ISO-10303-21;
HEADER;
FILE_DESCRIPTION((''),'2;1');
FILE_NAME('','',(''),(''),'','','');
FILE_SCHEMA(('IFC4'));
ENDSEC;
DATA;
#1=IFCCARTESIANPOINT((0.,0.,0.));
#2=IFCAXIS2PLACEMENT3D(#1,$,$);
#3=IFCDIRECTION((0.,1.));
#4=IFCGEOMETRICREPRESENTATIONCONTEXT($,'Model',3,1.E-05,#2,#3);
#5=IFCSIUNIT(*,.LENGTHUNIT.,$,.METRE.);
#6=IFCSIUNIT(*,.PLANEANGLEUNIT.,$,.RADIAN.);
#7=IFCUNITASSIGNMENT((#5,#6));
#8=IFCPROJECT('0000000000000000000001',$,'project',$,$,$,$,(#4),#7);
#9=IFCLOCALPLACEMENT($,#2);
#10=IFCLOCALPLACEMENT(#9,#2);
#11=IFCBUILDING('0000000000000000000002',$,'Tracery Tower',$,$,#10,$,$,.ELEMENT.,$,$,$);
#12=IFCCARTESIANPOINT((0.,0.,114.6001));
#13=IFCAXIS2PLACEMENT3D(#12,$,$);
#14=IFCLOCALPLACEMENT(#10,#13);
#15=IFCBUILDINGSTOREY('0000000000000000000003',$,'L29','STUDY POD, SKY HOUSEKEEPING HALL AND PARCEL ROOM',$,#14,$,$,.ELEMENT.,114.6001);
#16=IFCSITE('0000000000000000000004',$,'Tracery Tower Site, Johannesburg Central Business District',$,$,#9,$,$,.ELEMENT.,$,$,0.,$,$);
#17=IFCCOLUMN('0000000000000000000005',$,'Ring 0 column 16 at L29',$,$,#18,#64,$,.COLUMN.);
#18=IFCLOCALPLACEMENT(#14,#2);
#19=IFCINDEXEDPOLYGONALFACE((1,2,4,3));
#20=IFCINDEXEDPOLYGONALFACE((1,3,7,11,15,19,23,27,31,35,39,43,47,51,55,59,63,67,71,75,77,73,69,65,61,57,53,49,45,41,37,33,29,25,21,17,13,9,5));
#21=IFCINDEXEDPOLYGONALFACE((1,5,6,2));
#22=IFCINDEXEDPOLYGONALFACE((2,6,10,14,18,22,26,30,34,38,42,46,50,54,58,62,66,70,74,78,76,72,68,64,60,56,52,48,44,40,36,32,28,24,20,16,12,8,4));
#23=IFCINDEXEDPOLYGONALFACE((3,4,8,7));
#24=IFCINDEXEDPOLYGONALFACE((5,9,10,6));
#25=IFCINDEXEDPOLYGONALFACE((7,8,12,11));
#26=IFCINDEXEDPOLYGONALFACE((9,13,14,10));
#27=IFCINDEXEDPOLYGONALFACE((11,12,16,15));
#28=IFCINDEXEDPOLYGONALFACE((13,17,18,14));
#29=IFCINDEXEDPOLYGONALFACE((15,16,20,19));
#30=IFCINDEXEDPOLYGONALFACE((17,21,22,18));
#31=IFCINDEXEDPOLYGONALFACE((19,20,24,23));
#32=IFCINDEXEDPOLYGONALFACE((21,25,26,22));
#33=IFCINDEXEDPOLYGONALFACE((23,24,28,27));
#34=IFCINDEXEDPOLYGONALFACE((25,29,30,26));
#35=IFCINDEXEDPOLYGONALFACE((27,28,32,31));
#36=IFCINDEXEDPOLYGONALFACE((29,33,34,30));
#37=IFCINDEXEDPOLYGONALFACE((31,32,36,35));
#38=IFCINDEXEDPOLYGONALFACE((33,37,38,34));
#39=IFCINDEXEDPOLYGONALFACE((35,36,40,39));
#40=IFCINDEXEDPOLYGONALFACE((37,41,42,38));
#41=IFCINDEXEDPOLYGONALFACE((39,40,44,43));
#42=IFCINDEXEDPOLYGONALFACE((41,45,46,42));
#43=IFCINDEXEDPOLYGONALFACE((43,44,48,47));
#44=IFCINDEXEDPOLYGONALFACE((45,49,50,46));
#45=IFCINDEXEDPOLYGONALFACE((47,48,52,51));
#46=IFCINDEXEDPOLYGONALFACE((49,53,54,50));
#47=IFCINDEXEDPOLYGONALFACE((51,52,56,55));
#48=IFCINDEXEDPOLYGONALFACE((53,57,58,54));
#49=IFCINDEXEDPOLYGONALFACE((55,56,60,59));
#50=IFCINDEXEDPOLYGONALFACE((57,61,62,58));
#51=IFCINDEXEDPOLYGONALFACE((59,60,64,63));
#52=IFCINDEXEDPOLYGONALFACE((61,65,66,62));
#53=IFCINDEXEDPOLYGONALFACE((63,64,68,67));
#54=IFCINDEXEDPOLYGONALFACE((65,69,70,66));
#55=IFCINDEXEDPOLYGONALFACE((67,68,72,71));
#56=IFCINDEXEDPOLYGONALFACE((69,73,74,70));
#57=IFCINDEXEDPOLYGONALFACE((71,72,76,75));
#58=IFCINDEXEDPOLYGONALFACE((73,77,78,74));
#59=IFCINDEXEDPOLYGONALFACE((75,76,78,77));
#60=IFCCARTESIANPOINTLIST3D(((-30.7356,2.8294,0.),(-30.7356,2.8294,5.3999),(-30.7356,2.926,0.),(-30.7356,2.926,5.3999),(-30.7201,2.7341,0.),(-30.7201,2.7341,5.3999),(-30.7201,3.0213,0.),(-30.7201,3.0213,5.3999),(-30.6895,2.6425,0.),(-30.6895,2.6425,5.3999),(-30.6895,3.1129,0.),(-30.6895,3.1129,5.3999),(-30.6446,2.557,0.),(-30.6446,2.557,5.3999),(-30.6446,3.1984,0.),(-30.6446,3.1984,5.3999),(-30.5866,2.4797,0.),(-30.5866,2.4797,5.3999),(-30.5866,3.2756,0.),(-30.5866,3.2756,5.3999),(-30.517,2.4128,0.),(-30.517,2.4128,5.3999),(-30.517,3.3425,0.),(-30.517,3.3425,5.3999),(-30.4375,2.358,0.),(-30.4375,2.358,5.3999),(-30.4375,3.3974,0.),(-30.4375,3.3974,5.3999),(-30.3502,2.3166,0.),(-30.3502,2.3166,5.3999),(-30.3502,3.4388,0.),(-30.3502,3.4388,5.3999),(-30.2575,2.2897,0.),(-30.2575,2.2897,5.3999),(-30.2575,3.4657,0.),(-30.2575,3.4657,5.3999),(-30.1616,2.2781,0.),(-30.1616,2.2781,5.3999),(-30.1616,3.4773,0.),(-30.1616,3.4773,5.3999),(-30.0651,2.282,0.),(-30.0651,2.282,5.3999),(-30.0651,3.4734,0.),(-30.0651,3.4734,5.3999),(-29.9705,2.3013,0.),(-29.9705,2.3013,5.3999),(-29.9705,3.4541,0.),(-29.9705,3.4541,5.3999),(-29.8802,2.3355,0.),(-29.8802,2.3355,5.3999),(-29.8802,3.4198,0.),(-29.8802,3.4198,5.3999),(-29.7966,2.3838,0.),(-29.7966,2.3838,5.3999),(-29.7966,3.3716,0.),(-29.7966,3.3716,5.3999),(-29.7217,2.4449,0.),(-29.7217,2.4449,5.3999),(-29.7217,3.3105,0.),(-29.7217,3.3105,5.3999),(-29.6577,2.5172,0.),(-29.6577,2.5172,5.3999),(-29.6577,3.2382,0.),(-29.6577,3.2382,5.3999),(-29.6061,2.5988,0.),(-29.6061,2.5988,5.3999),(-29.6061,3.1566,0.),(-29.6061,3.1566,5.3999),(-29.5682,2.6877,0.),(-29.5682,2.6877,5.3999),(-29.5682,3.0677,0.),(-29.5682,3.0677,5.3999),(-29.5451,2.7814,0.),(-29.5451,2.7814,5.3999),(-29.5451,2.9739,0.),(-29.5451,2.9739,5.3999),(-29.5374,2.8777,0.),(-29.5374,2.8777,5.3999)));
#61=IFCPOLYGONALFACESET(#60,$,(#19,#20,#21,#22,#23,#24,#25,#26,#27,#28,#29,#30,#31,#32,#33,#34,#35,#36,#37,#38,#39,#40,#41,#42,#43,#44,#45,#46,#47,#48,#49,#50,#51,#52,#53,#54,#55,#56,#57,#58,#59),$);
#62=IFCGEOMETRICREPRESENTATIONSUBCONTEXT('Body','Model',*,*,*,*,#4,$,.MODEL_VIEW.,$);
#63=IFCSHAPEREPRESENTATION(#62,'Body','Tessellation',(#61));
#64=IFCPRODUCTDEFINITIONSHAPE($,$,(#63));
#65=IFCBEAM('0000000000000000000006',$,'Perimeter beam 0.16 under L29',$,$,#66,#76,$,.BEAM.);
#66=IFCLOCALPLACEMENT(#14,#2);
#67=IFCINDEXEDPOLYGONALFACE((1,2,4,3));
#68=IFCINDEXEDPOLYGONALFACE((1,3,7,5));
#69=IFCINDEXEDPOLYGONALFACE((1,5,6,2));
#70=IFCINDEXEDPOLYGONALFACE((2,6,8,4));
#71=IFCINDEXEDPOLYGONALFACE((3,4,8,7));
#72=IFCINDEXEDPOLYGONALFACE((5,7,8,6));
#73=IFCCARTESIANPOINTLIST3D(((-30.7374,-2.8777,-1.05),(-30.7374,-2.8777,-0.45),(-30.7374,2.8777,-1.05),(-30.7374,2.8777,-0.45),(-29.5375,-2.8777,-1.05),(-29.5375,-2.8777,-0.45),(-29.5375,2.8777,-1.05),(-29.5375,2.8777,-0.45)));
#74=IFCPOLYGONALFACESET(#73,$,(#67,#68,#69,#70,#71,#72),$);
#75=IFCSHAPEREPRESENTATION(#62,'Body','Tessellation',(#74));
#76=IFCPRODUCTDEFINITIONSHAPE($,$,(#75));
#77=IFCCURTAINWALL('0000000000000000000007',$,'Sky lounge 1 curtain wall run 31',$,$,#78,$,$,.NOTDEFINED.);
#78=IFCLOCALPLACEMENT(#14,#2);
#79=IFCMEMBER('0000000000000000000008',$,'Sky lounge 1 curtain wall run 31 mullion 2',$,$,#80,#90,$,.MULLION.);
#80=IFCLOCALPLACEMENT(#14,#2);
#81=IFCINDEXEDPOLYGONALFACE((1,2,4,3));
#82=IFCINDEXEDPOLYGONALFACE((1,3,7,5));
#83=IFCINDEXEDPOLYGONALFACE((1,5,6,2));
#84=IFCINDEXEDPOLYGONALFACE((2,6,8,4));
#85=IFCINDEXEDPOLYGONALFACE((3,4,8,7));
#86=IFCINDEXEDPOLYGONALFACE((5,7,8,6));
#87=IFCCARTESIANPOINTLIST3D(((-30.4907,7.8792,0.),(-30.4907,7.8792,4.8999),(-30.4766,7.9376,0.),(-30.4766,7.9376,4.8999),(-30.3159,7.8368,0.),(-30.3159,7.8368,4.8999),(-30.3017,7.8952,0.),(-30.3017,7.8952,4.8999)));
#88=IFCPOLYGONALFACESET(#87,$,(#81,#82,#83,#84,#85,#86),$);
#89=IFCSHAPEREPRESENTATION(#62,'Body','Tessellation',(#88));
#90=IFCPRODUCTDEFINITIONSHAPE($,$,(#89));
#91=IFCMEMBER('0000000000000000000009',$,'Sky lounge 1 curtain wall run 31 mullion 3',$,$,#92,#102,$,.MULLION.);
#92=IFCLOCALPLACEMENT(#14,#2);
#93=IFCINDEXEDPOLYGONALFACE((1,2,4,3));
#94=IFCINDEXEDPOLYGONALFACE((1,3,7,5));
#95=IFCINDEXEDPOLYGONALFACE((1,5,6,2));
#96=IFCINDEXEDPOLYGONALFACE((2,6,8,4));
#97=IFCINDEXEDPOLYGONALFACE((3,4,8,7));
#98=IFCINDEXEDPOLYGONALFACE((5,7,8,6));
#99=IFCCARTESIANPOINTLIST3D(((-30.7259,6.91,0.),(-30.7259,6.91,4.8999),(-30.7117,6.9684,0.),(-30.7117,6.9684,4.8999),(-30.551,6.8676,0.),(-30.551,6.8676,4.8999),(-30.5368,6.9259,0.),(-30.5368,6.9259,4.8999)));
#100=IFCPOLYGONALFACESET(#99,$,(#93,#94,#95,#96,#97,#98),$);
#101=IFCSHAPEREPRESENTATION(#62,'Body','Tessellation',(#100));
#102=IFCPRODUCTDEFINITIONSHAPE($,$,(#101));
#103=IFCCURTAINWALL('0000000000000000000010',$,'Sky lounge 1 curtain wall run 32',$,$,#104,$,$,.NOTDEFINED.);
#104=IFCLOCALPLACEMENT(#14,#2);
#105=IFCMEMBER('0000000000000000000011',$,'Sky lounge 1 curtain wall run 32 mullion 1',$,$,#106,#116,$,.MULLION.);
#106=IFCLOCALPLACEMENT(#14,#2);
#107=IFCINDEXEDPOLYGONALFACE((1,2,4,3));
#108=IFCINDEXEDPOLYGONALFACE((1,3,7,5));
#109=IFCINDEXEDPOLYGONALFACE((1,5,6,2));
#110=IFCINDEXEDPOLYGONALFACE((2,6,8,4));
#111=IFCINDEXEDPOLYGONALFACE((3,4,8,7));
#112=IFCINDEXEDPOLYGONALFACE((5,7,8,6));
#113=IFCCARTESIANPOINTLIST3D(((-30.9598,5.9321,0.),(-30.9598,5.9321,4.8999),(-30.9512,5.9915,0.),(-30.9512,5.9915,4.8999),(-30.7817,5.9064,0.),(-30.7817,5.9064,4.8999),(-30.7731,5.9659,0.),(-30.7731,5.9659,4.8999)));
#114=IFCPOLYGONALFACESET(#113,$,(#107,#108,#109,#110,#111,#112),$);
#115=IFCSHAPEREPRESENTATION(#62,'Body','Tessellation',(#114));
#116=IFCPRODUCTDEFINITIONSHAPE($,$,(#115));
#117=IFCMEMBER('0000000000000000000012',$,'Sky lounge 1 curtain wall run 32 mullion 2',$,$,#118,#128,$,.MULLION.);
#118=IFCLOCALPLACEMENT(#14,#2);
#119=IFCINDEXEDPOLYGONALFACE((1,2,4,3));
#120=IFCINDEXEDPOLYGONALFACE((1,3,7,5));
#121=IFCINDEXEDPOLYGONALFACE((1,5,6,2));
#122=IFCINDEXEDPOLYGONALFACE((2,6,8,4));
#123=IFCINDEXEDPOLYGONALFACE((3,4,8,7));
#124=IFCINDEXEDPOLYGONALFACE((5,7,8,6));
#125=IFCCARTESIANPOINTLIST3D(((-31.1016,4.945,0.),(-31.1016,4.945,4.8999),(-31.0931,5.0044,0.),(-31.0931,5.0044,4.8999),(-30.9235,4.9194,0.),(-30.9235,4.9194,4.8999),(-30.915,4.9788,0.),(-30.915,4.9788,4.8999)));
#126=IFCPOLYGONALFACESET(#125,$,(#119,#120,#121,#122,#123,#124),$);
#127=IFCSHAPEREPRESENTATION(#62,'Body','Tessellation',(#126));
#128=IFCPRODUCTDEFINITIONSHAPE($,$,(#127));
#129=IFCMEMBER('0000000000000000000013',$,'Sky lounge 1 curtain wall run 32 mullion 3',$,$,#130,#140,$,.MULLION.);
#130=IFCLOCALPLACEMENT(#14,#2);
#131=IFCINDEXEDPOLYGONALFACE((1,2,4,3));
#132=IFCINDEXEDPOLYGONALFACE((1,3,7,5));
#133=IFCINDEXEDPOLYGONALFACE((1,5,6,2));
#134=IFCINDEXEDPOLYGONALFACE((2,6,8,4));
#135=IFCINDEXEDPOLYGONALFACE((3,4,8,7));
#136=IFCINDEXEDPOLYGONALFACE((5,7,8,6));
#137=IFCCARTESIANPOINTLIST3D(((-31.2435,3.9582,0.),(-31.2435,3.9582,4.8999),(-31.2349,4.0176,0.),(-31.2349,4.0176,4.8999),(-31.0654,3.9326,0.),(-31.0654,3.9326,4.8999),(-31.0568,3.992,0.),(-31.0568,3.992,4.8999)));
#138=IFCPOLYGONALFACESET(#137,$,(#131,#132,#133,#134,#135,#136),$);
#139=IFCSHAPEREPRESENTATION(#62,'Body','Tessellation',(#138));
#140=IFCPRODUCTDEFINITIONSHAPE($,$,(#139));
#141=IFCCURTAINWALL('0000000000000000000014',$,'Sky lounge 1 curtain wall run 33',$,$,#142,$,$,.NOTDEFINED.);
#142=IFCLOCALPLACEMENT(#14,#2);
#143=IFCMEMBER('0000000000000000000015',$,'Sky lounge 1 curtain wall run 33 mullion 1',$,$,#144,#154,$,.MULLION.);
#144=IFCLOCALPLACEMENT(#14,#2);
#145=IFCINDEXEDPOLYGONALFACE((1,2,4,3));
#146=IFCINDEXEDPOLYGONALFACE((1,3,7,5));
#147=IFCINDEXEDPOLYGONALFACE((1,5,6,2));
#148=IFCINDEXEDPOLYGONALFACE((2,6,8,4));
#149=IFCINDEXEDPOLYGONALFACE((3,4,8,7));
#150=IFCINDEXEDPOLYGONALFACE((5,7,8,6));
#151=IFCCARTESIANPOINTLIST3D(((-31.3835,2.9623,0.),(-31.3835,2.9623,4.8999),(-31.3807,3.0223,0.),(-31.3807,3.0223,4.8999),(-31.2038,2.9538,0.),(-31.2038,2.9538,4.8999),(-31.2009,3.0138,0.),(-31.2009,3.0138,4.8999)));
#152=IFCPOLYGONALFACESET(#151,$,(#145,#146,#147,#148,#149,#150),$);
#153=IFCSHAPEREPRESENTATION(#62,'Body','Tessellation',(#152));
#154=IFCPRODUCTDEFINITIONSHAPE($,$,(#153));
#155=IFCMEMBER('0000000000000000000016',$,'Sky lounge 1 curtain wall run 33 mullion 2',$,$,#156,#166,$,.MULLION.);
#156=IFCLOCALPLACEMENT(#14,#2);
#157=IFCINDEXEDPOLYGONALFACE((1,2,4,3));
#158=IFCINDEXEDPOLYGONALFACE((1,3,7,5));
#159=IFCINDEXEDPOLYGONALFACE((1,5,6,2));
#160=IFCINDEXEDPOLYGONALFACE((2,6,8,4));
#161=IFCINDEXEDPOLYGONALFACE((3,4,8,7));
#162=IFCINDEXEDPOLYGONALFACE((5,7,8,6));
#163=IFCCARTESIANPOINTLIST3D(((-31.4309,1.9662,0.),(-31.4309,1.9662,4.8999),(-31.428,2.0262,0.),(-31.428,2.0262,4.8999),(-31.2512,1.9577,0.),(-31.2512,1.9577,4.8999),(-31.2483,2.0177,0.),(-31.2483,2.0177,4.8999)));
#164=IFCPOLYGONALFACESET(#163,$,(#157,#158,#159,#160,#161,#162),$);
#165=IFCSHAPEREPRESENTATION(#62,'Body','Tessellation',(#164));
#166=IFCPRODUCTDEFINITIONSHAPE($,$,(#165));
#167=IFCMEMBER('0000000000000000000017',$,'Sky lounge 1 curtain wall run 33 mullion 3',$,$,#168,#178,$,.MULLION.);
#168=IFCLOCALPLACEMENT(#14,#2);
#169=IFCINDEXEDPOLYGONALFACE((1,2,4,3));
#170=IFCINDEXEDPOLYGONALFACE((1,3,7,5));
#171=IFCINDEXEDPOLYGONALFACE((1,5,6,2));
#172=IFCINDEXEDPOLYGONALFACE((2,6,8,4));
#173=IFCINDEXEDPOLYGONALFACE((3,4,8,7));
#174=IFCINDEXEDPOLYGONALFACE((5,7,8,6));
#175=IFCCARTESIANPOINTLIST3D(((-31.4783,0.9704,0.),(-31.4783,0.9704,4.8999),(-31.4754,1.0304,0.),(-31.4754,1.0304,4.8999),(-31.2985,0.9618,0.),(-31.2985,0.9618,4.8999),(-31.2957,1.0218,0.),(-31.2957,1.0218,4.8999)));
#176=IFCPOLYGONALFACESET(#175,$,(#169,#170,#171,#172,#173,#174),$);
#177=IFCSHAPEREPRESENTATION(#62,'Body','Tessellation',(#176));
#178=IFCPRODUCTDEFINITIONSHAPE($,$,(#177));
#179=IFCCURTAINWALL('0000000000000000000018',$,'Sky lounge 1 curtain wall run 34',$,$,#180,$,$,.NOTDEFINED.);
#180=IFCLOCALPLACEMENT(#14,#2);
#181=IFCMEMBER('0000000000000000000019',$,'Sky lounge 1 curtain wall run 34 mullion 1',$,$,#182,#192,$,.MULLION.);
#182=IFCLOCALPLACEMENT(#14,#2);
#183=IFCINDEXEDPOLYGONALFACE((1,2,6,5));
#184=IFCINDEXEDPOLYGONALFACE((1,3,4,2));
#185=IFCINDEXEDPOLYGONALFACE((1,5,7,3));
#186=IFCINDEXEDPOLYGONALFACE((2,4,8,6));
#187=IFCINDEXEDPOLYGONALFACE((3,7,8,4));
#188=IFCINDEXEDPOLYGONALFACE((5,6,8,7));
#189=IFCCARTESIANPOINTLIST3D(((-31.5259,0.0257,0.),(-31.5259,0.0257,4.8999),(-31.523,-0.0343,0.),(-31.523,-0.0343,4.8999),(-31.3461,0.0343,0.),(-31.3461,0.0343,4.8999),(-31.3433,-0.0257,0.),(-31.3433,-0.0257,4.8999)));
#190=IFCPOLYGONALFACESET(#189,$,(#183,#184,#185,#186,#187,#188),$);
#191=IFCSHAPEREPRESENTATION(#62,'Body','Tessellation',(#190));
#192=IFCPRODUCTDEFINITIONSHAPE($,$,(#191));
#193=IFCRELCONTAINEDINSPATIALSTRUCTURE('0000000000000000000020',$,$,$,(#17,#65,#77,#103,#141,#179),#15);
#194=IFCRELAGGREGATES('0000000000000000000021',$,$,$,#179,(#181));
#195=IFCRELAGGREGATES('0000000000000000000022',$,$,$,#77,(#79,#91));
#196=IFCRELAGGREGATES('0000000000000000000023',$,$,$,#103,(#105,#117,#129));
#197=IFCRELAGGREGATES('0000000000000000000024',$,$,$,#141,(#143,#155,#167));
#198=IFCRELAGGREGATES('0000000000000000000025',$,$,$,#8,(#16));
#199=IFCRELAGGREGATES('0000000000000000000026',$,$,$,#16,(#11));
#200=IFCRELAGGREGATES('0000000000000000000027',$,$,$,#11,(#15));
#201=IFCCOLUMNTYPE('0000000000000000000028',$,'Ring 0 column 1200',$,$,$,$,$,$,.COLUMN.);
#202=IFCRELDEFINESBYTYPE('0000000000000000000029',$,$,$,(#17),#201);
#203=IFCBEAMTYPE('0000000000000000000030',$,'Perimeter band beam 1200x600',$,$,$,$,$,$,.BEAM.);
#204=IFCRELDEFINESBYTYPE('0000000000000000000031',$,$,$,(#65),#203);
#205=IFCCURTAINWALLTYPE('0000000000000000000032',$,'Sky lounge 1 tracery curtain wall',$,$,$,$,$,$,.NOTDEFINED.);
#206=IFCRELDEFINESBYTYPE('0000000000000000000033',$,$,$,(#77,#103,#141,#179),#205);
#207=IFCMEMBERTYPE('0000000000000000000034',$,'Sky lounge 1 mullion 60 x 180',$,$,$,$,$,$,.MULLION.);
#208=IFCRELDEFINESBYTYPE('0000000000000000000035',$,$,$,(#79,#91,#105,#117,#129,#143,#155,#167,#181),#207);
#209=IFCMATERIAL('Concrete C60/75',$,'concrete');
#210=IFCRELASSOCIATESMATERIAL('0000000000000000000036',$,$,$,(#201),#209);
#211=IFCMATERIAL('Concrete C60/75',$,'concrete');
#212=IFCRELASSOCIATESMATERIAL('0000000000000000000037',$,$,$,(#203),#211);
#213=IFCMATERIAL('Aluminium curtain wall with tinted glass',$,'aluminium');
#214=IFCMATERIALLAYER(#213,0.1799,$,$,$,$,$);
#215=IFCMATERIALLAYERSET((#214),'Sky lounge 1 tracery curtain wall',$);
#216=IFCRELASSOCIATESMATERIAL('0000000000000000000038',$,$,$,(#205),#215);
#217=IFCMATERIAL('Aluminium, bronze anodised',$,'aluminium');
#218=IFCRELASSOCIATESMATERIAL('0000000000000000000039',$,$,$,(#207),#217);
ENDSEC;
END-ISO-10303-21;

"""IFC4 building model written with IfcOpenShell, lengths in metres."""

from ifc_helpers import new_model, si_unit, direction, frame, origin, origin_2d, place, context, subcontext, project, spatial, rectangle, circle, extrude, material, layer, layer_set, material_profile, profile_set, type_object, element, aggregate, save


model = new_model("IFC4")

# Units and contexts
model_context = context("Model", 3, precision=1e-05, world=origin(), true_north=direction((0.0, 1.0)))
body_context = subcontext(model_context, "Body", "Model", "MODEL_VIEW")
ifc_project = project(units=[si_unit("LENGTHUNIT", "METRE"), si_unit("PLANEANGLEUNIT", "RADIAN")], contexts=[model_context])

# Site, building, storey
site_placement = place(None, origin())
site = spatial("IfcSite", under=ifc_project, at=site_placement, Name="Tracery Tower Site, Johannesburg Central Business District", CompositionType="ELEMENT", RefElevation=0.0)
building_placement = place(site_placement, origin())
building = spatial("IfcBuilding", under=site, at=building_placement, Name="Tracery Tower", CompositionType="ELEMENT")
storey_placement = place(building_placement, frame((0.0, 0.0, 114.6001)))
storey = spatial("IfcBuildingStorey", under=building, at=storey_placement, Name="L29", Description="STUDY POD, SKY HOUSEKEEPING HALL AND PARCEL ROOM", CompositionType="ELEMENT", Elevation=114.6001)

# Column
ifc_material_1 = material(Name="Concrete C60/75", Category="concrete")
ifc_material_profile_1 = material_profile(ifc_material_1, circle(Radius=0.6001, at=origin_2d()), Name="RC D1200")
ifc_profile_set_1 = profile_set([ifc_material_profile_1], Name="Concrete C60/75")
column_type = type_object("IfcColumnType", Name="Ring 0 column 1200", PredefinedType="COLUMN", material=ifc_profile_set_1)
column_placement = place(storey_placement, frame((-30.1375, 2.8777, 0.0), z_axis=(0.0, 0.0, 1.0), x_axis=(1.0, 0.0, 0.0)))
element("IfcColumn", 1, at=column_placement, inside=storey, type_object=column_type, Name="Ring 0 column 16 at L29", PredefinedType="COLUMN", context=body_context, shape_type="SweptSolid", body=[
    extrude(circle(Radius=0.6001, at=origin_2d()), origin(), (0.0, 0.0, 1.0), 5.3999),
])

# Beam
ifc_material_2 = material(Name="Concrete C60/75", Category="concrete")
ifc_material_profile_2 = material_profile(ifc_material_2, rectangle(XDim=1.2, YDim=0.6001, at=origin_2d()), Name="RC 1200x600")
ifc_profile_set_2 = profile_set([ifc_material_profile_2], Name="Concrete C60/75")
beam_type = type_object("IfcBeamType", Name="Perimeter band beam 1200x600", PredefinedType="BEAM", material=ifc_profile_set_2)
beam_placement = place(storey_placement, frame((-30.1375, 2.8777, -0.75), z_axis=(0.0, -1.0, 0.0), x_axis=(1.0, 0.0, 0.0)))
element("IfcBeam", 2, at=beam_placement, inside=storey, type_object=beam_type, Name="Perimeter beam 0.16 under L29", PredefinedType="BEAM", context=body_context, shape_type="SweptSolid", body=[
    extrude(rectangle(XDim=1.2, YDim=0.6001, at=origin_2d()), origin(), (0.0, 0.0, 1.0), 5.7554),
])

# Curtain walls, members
ifc_material_3 = material(Name="Aluminium curtain wall with tinted glass", Category="aluminium")
ifc_layer_1 = layer(ifc_material_3, 0.1799)
ifc_layer_set_1 = layer_set([ifc_layer_1], Name="Sky lounge 1 tracery curtain wall")
curtain_wall_type = type_object("IfcCurtainWallType", Name="Sky lounge 1 tracery curtain wall", PredefinedType="NOTDEFINED", material=ifc_layer_set_1)
curtain_wall_1_placement = place(storey_placement, origin())
curtain_wall_1 = element("IfcCurtainWall", 3, at=curtain_wall_1_placement, inside=storey, type_object=curtain_wall_type, Name="Sky lounge 1 curtain wall run 31", PredefinedType="NOTDEFINED")
ifc_material_4 = material(Name="Aluminium, bronze anodised", Category="aluminium")
ifc_material_profile_3 = material_profile(ifc_material_4, rectangle(XDim=0.1799, YDim=0.0601, at=origin_2d()), Name="AL 60x180")
ifc_profile_set_3 = profile_set([ifc_material_profile_3], Name="Aluminium, bronze anodised")
member_type_1 = type_object("IfcMemberType", Name="Sky lounge 1 mullion 60 x 180", PredefinedType="MULLION", material=ifc_profile_set_3)
member_1_placement = place(storey_placement, frame((-30.3962, 7.8872, 0.0), z_axis=(0.0, 0.0, 1.0), x_axis=(0.971812, -0.235759, 0.0)))
member_1 = element("IfcMember", 4, at=member_1_placement, type_object=member_type_1, Name="Sky lounge 1 curtain wall run 31 mullion 2", PredefinedType="MULLION", context=body_context, shape_type="SweptSolid", body=[
    extrude(rectangle(XDim=0.1799, YDim=0.0601, at=origin_2d()), origin(), (0.0, 0.0, 1.0), 4.8999),
])
member_2_placement = place(storey_placement, frame((-30.6313, 6.918, 0.0), z_axis=(0.0, 0.0, 1.0), x_axis=(0.971812, -0.235759, 0.0)))
member_2 = element("IfcMember", 5, at=member_2_placement, type_object=member_type_1, Name="Sky lounge 1 curtain wall run 31 mullion 3", PredefinedType="MULLION", context=body_context, shape_type="SweptSolid", body=[
    extrude(rectangle(XDim=0.1799, YDim=0.0601, at=origin_2d()), origin(), (0.0, 0.0, 1.0), 4.8999),
])
curtain_wall_2_placement = place(storey_placement, origin())
curtain_wall_2 = element("IfcCurtainWall", 6, at=curtain_wall_2_placement, inside=storey, type_object=curtain_wall_type, Name="Sky lounge 1 curtain wall run 32", PredefinedType="NOTDEFINED")
member_3_placement = place(storey_placement, frame((-30.8665, 5.949, 0.0), z_axis=(0.0, 0.0, 1.0), x_axis=(0.989821, -0.142315, 0.0)))
member_3 = element("IfcMember", 7, at=member_3_placement, type_object=member_type_1, Name="Sky lounge 1 curtain wall run 32 mullion 1", PredefinedType="MULLION", context=body_context, shape_type="SweptSolid", body=[
    extrude(rectangle(XDim=0.1799, YDim=0.0601, at=origin_2d()), origin(), (0.0, 0.0, 1.0), 4.8999),
])
member_4_placement = place(storey_placement, frame((-31.0083, 4.9619, 0.0), z_axis=(0.0, 0.0, 1.0), x_axis=(0.989821, -0.142315, 0.0)))
member_4 = element("IfcMember", 8, at=member_4_placement, type_object=member_type_1, Name="Sky lounge 1 curtain wall run 32 mullion 2", PredefinedType="MULLION", context=body_context, shape_type="SweptSolid", body=[
    extrude(rectangle(XDim=0.1799, YDim=0.0601, at=origin_2d()), origin(), (0.0, 0.0, 1.0), 4.8999),
])
member_5_placement = place(storey_placement, frame((-31.1501, 3.9751, 0.0), z_axis=(0.0, 0.0, 1.0), x_axis=(0.989821, -0.142315, 0.0)))
member_5 = element("IfcMember", 9, at=member_5_placement, type_object=member_type_1, Name="Sky lounge 1 curtain wall run 32 mullion 3", PredefinedType="MULLION", context=body_context, shape_type="SweptSolid", body=[
    extrude(rectangle(XDim=0.1799, YDim=0.0601, at=origin_2d()), origin(), (0.0, 0.0, 1.0), 4.8999),
])
curtain_wall_3_placement = place(storey_placement, origin())
curtain_wall_3 = element("IfcCurtainWall", 10, at=curtain_wall_3_placement, inside=storey, type_object=curtain_wall_type, Name="Sky lounge 1 curtain wall run 33", PredefinedType="NOTDEFINED")
member_6_placement = place(storey_placement, frame((-31.2922, 2.988, 0.0), z_axis=(0.0, 0.0, 1.0), x_axis=(0.998867, -0.047582, 0.0)))
member_6 = element("IfcMember", 11, at=member_6_placement, type_object=member_type_1, Name="Sky lounge 1 curtain wall run 33 mullion 1", PredefinedType="MULLION", context=body_context, shape_type="SweptSolid", body=[
    extrude(rectangle(XDim=0.1799, YDim=0.0601, at=origin_2d()), origin(), (0.0, 0.0, 1.0), 4.8999),
])
member_7_placement = place(storey_placement, frame((-31.3396, 1.9919, 0.0), z_axis=(0.0, 0.0, 1.0), x_axis=(0.998867, -0.047582, 0.0)))
member_7 = element("IfcMember", 12, at=member_7_placement, type_object=member_type_1, Name="Sky lounge 1 curtain wall run 33 mullion 2", PredefinedType="MULLION", context=body_context, shape_type="SweptSolid", body=[
    extrude(rectangle(XDim=0.1799, YDim=0.0601, at=origin_2d()), origin(), (0.0, 0.0, 1.0), 4.8999),
])
member_8_placement = place(storey_placement, frame((-31.387, 0.9961, 0.0), z_axis=(0.0, 0.0, 1.0), x_axis=(0.998867, -0.047582, 0.0)))
member_8 = element("IfcMember", 13, at=member_8_placement, type_object=member_type_1, Name="Sky lounge 1 curtain wall run 33 mullion 3", PredefinedType="MULLION", context=body_context, shape_type="SweptSolid", body=[
    extrude(rectangle(XDim=0.1799, YDim=0.0601, at=origin_2d()), origin(), (0.0, 0.0, 1.0), 4.8999),
])

# Curtain wall, member
curtain_wall_4_placement = place(storey_placement, origin())
curtain_wall_4 = element("IfcCurtainWall", 14, at=curtain_wall_4_placement, inside=storey, type_object=curtain_wall_type, Name="Sky lounge 1 curtain wall run 34", PredefinedType="NOTDEFINED")
member_9_placement = place(storey_placement, frame((-31.4346, 0.0, 0.0), z_axis=(0.0, 0.0, 1.0), x_axis=(0.998867, 0.047582, 0.0)))
member_9 = element("IfcMember", 15, at=member_9_placement, type_object=member_type_1, Name="Sky lounge 1 curtain wall run 34 mullion 1", PredefinedType="MULLION", context=body_context, shape_type="SweptSolid", body=[
    extrude(rectangle(XDim=0.1799, YDim=0.0601, at=origin_2d()), origin(), (0.0, 0.0, 1.0), 4.8999),
])
aggregate(curtain_wall_4, [member_9])

aggregate(curtain_wall_1, [member_1, member_2])
aggregate(curtain_wall_2, [member_3, member_4, member_5])
aggregate(curtain_wall_3, [member_6, member_7, member_8])

save(model, "model.ifc")
